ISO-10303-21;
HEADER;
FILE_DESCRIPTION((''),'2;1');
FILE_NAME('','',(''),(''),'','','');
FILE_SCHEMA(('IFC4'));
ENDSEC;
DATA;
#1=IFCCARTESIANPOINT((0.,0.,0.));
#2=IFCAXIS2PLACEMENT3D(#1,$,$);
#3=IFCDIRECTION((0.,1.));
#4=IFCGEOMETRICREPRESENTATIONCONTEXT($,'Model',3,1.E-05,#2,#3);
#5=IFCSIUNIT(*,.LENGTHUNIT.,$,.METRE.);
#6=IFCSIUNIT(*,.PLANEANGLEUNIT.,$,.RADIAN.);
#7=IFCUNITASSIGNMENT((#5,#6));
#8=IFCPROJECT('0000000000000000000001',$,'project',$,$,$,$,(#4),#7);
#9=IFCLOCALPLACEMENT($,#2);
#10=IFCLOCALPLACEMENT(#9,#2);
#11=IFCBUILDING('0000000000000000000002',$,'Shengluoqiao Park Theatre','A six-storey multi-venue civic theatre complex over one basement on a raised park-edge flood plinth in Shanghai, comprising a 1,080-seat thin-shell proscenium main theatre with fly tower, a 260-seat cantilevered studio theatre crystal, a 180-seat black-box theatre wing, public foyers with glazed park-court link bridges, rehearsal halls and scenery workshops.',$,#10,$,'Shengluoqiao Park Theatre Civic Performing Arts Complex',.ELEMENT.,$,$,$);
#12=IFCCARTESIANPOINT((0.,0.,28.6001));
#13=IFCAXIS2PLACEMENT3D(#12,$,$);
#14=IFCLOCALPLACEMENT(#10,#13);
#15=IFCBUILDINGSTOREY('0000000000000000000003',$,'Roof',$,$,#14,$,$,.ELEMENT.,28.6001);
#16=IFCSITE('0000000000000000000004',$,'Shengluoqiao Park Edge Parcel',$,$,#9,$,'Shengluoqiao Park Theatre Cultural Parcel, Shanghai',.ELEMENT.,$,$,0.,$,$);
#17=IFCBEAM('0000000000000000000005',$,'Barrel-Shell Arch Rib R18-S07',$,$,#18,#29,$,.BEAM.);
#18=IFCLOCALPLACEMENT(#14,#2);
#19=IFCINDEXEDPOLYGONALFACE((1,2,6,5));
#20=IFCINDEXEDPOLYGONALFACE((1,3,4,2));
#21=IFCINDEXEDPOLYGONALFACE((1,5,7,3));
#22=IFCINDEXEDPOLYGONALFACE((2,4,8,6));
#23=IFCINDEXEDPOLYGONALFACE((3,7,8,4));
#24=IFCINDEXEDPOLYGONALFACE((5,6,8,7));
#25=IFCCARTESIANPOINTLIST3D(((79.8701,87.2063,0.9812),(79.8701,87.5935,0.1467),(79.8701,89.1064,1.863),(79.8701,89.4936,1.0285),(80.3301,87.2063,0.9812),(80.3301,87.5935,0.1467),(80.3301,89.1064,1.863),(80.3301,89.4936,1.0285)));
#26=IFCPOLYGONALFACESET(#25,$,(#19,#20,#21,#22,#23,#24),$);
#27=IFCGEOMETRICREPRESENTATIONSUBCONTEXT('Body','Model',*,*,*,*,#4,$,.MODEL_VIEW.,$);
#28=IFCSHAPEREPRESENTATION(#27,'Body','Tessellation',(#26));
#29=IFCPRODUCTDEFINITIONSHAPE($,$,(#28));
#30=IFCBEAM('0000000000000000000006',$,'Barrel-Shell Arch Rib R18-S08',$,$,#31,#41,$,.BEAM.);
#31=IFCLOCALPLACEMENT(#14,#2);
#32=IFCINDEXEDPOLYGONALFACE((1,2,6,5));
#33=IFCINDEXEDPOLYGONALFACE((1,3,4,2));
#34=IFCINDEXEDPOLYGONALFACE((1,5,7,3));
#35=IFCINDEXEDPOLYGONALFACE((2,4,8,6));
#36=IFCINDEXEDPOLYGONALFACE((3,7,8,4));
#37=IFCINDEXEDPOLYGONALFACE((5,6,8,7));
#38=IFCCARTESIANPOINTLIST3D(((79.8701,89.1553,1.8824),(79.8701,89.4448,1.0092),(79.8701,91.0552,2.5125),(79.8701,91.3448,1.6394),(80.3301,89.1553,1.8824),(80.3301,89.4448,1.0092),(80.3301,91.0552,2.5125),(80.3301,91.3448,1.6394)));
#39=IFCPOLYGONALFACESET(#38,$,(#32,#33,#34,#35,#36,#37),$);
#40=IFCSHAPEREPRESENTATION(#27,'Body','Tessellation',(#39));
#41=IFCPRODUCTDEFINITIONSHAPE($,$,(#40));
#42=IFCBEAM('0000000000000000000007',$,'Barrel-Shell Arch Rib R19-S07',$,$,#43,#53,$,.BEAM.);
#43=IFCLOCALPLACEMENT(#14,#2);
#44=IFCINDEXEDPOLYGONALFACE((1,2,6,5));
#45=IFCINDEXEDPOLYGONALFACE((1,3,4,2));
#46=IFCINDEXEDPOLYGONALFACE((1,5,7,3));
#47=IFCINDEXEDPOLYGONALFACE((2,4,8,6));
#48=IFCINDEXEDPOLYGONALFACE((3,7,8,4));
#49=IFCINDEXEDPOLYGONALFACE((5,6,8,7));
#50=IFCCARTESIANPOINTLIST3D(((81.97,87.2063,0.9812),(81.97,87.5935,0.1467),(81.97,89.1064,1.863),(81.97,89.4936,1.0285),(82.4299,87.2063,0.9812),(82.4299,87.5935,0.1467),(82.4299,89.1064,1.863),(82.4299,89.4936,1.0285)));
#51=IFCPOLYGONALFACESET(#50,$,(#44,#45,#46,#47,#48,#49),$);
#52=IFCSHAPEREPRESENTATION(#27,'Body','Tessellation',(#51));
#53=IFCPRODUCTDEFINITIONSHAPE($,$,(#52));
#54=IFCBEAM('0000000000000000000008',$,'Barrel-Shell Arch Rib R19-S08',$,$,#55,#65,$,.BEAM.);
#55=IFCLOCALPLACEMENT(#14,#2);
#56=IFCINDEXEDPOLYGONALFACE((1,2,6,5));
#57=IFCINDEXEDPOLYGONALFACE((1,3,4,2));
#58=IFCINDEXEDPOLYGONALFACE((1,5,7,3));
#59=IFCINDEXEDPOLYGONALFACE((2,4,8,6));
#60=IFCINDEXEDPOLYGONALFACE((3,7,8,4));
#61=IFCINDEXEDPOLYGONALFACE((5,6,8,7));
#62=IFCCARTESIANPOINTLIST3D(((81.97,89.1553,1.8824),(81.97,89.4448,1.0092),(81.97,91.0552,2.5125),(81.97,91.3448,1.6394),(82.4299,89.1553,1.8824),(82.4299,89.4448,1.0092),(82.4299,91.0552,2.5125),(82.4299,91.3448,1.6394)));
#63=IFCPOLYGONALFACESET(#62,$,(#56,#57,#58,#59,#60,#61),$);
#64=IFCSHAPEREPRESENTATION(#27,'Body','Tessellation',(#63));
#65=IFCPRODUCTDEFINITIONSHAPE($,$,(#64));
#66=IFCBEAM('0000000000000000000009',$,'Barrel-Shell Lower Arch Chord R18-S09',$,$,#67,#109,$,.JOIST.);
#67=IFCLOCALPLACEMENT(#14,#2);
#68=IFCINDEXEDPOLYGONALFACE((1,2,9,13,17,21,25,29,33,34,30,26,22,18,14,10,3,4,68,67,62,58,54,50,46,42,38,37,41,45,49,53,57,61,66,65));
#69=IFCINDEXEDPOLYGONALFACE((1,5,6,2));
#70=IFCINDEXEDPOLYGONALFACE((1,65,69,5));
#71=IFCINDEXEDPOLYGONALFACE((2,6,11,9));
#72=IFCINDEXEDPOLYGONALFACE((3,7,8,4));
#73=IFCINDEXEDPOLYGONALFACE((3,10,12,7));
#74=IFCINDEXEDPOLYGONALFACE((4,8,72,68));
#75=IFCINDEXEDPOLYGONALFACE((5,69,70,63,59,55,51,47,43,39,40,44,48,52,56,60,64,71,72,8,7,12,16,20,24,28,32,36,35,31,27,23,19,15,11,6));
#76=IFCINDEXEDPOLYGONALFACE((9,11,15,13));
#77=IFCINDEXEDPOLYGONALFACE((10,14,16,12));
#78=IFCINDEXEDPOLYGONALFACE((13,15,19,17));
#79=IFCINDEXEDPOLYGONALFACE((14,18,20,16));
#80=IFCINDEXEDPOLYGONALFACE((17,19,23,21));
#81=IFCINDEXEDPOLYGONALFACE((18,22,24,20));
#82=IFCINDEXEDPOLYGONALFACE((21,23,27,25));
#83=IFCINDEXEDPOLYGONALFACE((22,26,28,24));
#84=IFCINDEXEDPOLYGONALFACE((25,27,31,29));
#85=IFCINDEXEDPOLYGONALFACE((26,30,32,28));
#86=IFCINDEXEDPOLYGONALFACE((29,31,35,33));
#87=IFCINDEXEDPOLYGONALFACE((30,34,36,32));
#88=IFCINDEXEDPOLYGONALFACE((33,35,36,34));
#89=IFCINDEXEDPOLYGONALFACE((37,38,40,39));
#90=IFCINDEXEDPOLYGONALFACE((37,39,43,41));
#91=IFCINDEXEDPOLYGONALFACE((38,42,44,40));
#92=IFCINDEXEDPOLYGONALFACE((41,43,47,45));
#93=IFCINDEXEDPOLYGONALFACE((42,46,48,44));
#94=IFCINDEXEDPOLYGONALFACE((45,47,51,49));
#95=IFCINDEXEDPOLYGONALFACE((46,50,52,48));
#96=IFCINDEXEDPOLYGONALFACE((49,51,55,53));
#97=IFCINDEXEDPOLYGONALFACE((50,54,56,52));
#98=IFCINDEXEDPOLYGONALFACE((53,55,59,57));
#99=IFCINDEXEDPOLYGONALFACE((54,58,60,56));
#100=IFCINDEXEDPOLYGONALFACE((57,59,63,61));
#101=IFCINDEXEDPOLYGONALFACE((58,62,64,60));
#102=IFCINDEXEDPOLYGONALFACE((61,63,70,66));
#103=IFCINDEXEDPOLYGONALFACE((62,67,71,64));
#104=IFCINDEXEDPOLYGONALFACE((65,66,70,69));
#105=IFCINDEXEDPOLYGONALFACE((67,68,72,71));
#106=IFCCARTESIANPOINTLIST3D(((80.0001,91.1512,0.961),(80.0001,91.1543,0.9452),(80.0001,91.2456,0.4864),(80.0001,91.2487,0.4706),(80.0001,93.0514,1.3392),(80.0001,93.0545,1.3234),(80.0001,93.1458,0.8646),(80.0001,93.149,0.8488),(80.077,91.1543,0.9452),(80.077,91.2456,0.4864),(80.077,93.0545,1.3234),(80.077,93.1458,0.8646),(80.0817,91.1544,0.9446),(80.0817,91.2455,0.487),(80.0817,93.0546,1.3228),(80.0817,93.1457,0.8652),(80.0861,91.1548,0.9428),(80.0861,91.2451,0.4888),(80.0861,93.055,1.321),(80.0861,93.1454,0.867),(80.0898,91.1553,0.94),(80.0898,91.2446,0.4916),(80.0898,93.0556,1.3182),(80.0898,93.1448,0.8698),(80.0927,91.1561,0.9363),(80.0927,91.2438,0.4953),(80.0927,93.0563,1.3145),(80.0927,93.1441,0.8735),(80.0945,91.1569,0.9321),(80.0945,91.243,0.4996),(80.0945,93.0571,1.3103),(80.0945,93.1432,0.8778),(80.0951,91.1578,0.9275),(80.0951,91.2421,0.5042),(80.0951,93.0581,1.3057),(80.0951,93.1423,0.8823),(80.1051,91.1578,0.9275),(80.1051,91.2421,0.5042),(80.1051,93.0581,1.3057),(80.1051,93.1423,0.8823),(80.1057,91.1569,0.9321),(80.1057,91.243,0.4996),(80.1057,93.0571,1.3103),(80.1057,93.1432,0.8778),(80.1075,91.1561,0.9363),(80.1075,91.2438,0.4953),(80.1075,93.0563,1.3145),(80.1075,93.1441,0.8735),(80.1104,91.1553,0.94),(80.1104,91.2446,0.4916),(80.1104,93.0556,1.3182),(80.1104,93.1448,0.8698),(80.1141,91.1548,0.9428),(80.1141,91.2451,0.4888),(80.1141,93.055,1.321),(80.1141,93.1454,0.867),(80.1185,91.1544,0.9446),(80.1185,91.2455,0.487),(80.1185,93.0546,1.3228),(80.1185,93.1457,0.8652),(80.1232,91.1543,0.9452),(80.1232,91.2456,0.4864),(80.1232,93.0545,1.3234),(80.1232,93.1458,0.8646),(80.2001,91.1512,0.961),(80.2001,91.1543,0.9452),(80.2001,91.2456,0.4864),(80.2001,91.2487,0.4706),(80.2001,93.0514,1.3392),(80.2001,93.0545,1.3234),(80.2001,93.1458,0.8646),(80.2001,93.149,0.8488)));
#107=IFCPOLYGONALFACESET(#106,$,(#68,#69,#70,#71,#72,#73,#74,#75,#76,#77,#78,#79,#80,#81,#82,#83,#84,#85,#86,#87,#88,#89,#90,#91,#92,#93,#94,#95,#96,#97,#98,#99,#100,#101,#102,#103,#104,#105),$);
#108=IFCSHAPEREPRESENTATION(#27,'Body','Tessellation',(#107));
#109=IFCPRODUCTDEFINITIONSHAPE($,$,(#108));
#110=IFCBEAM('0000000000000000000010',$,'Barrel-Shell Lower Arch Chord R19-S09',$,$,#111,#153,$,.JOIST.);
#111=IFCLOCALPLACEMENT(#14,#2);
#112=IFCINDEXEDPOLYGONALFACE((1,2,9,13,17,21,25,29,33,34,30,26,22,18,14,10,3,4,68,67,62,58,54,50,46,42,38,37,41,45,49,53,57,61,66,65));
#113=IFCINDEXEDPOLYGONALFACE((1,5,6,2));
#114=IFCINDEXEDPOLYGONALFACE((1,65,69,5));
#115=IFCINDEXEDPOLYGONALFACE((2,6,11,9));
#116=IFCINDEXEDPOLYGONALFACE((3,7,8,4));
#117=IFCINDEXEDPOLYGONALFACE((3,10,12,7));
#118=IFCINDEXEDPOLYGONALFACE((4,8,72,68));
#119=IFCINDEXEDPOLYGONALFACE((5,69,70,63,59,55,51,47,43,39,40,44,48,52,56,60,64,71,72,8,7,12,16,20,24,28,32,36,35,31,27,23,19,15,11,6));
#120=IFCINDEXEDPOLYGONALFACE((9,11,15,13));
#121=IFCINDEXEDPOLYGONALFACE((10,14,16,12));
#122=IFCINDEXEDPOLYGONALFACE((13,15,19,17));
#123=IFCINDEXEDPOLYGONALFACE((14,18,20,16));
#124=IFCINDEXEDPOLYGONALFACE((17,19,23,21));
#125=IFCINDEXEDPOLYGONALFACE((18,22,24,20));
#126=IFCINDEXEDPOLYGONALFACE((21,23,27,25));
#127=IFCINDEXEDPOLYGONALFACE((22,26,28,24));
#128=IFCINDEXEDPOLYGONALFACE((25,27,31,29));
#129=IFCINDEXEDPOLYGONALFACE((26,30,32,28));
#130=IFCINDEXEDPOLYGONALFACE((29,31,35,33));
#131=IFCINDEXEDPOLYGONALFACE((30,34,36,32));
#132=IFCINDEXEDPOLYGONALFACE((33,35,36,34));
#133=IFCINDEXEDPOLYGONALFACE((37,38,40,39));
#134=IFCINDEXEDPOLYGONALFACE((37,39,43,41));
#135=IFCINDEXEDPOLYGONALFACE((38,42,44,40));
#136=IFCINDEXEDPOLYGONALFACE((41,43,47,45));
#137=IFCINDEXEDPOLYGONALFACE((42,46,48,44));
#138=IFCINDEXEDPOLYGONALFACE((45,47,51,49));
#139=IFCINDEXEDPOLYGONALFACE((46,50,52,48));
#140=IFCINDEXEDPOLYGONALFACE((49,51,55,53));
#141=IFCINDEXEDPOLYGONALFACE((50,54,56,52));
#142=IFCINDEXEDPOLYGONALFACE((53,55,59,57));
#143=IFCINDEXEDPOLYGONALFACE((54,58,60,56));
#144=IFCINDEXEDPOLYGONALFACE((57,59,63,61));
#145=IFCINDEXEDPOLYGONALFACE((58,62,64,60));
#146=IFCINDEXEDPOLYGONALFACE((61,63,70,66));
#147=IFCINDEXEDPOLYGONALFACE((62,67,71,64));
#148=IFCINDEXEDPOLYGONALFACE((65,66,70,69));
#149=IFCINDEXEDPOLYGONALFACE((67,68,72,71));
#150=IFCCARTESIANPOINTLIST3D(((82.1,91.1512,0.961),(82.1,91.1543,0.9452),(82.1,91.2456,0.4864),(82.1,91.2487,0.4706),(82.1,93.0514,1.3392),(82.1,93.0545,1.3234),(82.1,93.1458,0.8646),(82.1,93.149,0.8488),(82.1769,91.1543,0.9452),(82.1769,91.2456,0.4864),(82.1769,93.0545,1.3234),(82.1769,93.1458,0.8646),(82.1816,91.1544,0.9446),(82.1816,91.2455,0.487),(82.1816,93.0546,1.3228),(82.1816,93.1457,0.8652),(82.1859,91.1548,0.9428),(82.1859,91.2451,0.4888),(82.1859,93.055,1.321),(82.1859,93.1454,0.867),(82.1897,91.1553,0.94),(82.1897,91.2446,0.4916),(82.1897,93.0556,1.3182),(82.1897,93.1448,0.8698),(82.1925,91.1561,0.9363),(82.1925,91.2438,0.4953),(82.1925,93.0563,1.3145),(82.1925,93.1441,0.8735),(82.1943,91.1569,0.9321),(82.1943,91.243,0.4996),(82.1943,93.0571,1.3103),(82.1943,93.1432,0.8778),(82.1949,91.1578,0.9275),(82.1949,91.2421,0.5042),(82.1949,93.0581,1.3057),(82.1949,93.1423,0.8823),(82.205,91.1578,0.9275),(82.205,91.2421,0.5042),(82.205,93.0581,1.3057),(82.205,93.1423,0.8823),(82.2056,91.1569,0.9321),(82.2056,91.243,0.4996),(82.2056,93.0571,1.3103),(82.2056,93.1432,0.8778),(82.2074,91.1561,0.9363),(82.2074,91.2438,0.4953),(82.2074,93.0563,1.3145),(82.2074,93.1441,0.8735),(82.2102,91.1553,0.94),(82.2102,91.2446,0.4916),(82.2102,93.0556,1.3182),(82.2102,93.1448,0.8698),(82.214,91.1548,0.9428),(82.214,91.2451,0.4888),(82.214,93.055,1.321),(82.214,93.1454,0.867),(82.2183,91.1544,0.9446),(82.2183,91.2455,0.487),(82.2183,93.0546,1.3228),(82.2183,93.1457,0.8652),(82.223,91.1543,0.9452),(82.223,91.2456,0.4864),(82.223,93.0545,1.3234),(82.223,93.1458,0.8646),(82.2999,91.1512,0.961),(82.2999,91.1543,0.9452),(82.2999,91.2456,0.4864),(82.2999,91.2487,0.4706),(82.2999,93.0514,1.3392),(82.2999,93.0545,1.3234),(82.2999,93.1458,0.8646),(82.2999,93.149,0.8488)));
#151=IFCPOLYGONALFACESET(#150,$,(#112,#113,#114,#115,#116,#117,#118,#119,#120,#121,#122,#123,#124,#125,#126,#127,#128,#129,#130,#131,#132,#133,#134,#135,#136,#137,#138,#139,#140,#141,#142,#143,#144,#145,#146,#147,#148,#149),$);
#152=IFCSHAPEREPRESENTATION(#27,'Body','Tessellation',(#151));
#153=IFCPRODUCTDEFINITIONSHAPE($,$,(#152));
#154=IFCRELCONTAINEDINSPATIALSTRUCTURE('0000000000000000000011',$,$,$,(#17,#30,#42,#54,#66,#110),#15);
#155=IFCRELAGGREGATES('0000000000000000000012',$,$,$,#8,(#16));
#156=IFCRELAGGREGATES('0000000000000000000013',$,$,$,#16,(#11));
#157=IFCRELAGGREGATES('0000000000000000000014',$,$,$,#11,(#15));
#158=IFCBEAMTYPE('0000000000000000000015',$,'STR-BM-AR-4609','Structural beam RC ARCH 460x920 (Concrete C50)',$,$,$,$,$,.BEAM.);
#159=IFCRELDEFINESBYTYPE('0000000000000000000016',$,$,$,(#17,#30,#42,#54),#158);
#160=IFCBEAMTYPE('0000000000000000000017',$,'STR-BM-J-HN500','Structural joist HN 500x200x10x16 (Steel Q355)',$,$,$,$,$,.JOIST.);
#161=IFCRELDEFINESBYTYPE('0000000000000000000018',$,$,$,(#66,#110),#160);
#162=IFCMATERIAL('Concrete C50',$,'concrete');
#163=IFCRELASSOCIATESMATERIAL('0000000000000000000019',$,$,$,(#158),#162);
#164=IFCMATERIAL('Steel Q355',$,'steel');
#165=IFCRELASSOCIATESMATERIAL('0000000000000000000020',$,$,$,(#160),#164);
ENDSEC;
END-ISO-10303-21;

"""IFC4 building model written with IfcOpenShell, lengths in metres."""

from ifc_helpers import new_model, si_unit, direction, frame, origin, origin_2d, place, context, subcontext, project, spatial, rectangle, i_section, extrude, material, material_profile, profile_set, type_object, element, save


model = new_model("IFC4")

# Units and contexts
model_context = context("Model", 3, precision=1e-05, world=origin(), true_north=direction((0.0, 1.0)))
body_context = subcontext(model_context, "Body", "Model", "MODEL_VIEW")
ifc_project = project(units=[si_unit("LENGTHUNIT", "METRE"), si_unit("PLANEANGLEUNIT", "RADIAN")], contexts=[model_context])

# Site, building, storey
site_placement = place(None, origin())
site = spatial("IfcSite", under=ifc_project, at=site_placement, Name="Shengluoqiao Park Edge Parcel", LongName="Shengluoqiao Park Theatre Cultural Parcel, Shanghai", CompositionType="ELEMENT", RefElevation=0.0)
building_placement = place(site_placement, origin())
building = spatial("IfcBuilding", under=site, at=building_placement, Name="Shengluoqiao Park Theatre", Description="A six-storey multi-venue civic theatre complex over one basement on a raised park-edge flood plinth in Shanghai, comprising a 1,080-seat thin-shell proscenium main theatre with fly tower, a 260-seat cantilevered studio theatre crystal, a 180-seat black-box theatre wing, public foyers with glazed park-court link bridges, rehearsal halls and scenery workshops.", LongName="Shengluoqiao Park Theatre Civic Performing Arts Complex", CompositionType="ELEMENT")
storey_placement = place(building_placement, frame((0.0, 0.0, 28.6001)))
storey = spatial("IfcBuildingStorey", under=building, at=storey_placement, Name="Roof", CompositionType="ELEMENT", Elevation=28.6001)

# Beams
ifc_material_1 = material(Name="Concrete C50", Category="concrete")
ifc_material_profile_1 = material_profile(ifc_material_1, rectangle(XDim=0.46, YDim=0.9199, at=origin_2d()), Name="RC ARCH 460x920")
ifc_profile_set_1 = profile_set([ifc_material_profile_1], Name="Concrete C50")
beam_type_1 = type_object("IfcBeamType", Name="STR-BM-AR-4609", Description="Structural beam RC ARCH 460x920 (Concrete C50)", PredefinedType="BEAM", material=ifc_profile_set_1)
beam_1_placement = place(storey_placement, frame((80.1001, 87.3999, 0.564), z_axis=(0.0, 0.907077, 0.420964), x_axis=(-1.0, 0.0, 0.0)))
element("IfcBeam", 1, at=beam_1_placement, inside=storey, type_object=beam_type_1, Name="Barrel-Shell Arch Rib R18-S07", PredefinedType="BEAM", context=body_context, shape_type="SweptSolid", body=[
    extrude(rectangle(XDim=0.46, YDim=0.9199, at=origin_2d()), origin(), (0.0, 0.0, 1.0), 2.0947),
])
beam_2_placement = place(storey_placement, frame((80.1001, 89.3, 1.4458), z_axis=(0.0, 0.949158, 0.3148), x_axis=(-1.0, 0.0, 0.0)))
element("IfcBeam", 2, at=beam_2_placement, inside=storey, type_object=beam_type_1, Name="Barrel-Shell Arch Rib R18-S08", PredefinedType="BEAM", context=body_context, shape_type="SweptSolid", body=[
    extrude(rectangle(XDim=0.46, YDim=0.9199, at=origin_2d()), origin(), (0.0, 0.0, 1.0), 2.0017),
])
beam_3_placement = place(storey_placement, frame((82.2, 87.3999, 0.564), z_axis=(0.0, 0.907077, 0.420964), x_axis=(-1.0, 0.0, 0.0)))
element("IfcBeam", 3, at=beam_3_placement, inside=storey, type_object=beam_type_1, Name="Barrel-Shell Arch Rib R19-S07", PredefinedType="BEAM", context=body_context, shape_type="SweptSolid", body=[
    extrude(rectangle(XDim=0.46, YDim=0.9199, at=origin_2d()), origin(), (0.0, 0.0, 1.0), 2.0947),
])
beam_4_placement = place(storey_placement, frame((82.2, 89.3, 1.4458), z_axis=(0.0, 0.949158, 0.3148), x_axis=(-1.0, 0.0, 0.0)))
element("IfcBeam", 4, at=beam_4_placement, inside=storey, type_object=beam_type_1, Name="Barrel-Shell Arch Rib R19-S08", PredefinedType="BEAM", context=body_context, shape_type="SweptSolid", body=[
    extrude(rectangle(XDim=0.46, YDim=0.9199, at=origin_2d()), origin(), (0.0, 0.0, 1.0), 2.0017),
])
ifc_material_2 = material(Name="Steel Q355", Category="steel")
ifc_material_profile_2 = material_profile(ifc_material_2, i_section(OverallWidth=0.2, OverallDepth=0.5, WebThickness=0.01, FlangeThickness=0.0161, FilletRadius=0.0181, at=origin_2d()), Name="HN 500x200x10x16")
ifc_profile_set_2 = profile_set([ifc_material_profile_2], Name="Steel Q355")
beam_type_2 = type_object("IfcBeamType", Name="STR-BM-J-HN500", Description="Structural joist HN 500x200x10x16 (Steel Q355)", PredefinedType="JOIST", material=ifc_profile_set_2)
for number, where, z_axis, x_axis, name in (
    (5, (80.1001, 91.2, 0.7158), (0.0, 0.980764, 0.195195), (-1.0, 0.0, 0.0), "Barrel-Shell Lower Arch Chord R18-S09"),
    (6, (82.2, 91.2, 0.7158), (0.0, 0.980764, 0.195195), (-1.0, 0.0, 0.0), "Barrel-Shell Lower Arch Chord R19-S09"),
):
    element("IfcBeam", number, at=place(storey_placement, frame(where, z_axis=z_axis, x_axis=x_axis)), inside=storey, type_object=beam_type_2, Name=name, PredefinedType="JOIST", context=body_context, shape_type="SweptSolid", body=[
        extrude(i_section(OverallWidth=0.2, OverallDepth=0.5, WebThickness=0.01, FlangeThickness=0.0161, FilletRadius=0.0181, at=origin_2d()), origin(), (0.0, 0.0, 1.0), 1.9375),
    ])

save(model, "model.ifc")
